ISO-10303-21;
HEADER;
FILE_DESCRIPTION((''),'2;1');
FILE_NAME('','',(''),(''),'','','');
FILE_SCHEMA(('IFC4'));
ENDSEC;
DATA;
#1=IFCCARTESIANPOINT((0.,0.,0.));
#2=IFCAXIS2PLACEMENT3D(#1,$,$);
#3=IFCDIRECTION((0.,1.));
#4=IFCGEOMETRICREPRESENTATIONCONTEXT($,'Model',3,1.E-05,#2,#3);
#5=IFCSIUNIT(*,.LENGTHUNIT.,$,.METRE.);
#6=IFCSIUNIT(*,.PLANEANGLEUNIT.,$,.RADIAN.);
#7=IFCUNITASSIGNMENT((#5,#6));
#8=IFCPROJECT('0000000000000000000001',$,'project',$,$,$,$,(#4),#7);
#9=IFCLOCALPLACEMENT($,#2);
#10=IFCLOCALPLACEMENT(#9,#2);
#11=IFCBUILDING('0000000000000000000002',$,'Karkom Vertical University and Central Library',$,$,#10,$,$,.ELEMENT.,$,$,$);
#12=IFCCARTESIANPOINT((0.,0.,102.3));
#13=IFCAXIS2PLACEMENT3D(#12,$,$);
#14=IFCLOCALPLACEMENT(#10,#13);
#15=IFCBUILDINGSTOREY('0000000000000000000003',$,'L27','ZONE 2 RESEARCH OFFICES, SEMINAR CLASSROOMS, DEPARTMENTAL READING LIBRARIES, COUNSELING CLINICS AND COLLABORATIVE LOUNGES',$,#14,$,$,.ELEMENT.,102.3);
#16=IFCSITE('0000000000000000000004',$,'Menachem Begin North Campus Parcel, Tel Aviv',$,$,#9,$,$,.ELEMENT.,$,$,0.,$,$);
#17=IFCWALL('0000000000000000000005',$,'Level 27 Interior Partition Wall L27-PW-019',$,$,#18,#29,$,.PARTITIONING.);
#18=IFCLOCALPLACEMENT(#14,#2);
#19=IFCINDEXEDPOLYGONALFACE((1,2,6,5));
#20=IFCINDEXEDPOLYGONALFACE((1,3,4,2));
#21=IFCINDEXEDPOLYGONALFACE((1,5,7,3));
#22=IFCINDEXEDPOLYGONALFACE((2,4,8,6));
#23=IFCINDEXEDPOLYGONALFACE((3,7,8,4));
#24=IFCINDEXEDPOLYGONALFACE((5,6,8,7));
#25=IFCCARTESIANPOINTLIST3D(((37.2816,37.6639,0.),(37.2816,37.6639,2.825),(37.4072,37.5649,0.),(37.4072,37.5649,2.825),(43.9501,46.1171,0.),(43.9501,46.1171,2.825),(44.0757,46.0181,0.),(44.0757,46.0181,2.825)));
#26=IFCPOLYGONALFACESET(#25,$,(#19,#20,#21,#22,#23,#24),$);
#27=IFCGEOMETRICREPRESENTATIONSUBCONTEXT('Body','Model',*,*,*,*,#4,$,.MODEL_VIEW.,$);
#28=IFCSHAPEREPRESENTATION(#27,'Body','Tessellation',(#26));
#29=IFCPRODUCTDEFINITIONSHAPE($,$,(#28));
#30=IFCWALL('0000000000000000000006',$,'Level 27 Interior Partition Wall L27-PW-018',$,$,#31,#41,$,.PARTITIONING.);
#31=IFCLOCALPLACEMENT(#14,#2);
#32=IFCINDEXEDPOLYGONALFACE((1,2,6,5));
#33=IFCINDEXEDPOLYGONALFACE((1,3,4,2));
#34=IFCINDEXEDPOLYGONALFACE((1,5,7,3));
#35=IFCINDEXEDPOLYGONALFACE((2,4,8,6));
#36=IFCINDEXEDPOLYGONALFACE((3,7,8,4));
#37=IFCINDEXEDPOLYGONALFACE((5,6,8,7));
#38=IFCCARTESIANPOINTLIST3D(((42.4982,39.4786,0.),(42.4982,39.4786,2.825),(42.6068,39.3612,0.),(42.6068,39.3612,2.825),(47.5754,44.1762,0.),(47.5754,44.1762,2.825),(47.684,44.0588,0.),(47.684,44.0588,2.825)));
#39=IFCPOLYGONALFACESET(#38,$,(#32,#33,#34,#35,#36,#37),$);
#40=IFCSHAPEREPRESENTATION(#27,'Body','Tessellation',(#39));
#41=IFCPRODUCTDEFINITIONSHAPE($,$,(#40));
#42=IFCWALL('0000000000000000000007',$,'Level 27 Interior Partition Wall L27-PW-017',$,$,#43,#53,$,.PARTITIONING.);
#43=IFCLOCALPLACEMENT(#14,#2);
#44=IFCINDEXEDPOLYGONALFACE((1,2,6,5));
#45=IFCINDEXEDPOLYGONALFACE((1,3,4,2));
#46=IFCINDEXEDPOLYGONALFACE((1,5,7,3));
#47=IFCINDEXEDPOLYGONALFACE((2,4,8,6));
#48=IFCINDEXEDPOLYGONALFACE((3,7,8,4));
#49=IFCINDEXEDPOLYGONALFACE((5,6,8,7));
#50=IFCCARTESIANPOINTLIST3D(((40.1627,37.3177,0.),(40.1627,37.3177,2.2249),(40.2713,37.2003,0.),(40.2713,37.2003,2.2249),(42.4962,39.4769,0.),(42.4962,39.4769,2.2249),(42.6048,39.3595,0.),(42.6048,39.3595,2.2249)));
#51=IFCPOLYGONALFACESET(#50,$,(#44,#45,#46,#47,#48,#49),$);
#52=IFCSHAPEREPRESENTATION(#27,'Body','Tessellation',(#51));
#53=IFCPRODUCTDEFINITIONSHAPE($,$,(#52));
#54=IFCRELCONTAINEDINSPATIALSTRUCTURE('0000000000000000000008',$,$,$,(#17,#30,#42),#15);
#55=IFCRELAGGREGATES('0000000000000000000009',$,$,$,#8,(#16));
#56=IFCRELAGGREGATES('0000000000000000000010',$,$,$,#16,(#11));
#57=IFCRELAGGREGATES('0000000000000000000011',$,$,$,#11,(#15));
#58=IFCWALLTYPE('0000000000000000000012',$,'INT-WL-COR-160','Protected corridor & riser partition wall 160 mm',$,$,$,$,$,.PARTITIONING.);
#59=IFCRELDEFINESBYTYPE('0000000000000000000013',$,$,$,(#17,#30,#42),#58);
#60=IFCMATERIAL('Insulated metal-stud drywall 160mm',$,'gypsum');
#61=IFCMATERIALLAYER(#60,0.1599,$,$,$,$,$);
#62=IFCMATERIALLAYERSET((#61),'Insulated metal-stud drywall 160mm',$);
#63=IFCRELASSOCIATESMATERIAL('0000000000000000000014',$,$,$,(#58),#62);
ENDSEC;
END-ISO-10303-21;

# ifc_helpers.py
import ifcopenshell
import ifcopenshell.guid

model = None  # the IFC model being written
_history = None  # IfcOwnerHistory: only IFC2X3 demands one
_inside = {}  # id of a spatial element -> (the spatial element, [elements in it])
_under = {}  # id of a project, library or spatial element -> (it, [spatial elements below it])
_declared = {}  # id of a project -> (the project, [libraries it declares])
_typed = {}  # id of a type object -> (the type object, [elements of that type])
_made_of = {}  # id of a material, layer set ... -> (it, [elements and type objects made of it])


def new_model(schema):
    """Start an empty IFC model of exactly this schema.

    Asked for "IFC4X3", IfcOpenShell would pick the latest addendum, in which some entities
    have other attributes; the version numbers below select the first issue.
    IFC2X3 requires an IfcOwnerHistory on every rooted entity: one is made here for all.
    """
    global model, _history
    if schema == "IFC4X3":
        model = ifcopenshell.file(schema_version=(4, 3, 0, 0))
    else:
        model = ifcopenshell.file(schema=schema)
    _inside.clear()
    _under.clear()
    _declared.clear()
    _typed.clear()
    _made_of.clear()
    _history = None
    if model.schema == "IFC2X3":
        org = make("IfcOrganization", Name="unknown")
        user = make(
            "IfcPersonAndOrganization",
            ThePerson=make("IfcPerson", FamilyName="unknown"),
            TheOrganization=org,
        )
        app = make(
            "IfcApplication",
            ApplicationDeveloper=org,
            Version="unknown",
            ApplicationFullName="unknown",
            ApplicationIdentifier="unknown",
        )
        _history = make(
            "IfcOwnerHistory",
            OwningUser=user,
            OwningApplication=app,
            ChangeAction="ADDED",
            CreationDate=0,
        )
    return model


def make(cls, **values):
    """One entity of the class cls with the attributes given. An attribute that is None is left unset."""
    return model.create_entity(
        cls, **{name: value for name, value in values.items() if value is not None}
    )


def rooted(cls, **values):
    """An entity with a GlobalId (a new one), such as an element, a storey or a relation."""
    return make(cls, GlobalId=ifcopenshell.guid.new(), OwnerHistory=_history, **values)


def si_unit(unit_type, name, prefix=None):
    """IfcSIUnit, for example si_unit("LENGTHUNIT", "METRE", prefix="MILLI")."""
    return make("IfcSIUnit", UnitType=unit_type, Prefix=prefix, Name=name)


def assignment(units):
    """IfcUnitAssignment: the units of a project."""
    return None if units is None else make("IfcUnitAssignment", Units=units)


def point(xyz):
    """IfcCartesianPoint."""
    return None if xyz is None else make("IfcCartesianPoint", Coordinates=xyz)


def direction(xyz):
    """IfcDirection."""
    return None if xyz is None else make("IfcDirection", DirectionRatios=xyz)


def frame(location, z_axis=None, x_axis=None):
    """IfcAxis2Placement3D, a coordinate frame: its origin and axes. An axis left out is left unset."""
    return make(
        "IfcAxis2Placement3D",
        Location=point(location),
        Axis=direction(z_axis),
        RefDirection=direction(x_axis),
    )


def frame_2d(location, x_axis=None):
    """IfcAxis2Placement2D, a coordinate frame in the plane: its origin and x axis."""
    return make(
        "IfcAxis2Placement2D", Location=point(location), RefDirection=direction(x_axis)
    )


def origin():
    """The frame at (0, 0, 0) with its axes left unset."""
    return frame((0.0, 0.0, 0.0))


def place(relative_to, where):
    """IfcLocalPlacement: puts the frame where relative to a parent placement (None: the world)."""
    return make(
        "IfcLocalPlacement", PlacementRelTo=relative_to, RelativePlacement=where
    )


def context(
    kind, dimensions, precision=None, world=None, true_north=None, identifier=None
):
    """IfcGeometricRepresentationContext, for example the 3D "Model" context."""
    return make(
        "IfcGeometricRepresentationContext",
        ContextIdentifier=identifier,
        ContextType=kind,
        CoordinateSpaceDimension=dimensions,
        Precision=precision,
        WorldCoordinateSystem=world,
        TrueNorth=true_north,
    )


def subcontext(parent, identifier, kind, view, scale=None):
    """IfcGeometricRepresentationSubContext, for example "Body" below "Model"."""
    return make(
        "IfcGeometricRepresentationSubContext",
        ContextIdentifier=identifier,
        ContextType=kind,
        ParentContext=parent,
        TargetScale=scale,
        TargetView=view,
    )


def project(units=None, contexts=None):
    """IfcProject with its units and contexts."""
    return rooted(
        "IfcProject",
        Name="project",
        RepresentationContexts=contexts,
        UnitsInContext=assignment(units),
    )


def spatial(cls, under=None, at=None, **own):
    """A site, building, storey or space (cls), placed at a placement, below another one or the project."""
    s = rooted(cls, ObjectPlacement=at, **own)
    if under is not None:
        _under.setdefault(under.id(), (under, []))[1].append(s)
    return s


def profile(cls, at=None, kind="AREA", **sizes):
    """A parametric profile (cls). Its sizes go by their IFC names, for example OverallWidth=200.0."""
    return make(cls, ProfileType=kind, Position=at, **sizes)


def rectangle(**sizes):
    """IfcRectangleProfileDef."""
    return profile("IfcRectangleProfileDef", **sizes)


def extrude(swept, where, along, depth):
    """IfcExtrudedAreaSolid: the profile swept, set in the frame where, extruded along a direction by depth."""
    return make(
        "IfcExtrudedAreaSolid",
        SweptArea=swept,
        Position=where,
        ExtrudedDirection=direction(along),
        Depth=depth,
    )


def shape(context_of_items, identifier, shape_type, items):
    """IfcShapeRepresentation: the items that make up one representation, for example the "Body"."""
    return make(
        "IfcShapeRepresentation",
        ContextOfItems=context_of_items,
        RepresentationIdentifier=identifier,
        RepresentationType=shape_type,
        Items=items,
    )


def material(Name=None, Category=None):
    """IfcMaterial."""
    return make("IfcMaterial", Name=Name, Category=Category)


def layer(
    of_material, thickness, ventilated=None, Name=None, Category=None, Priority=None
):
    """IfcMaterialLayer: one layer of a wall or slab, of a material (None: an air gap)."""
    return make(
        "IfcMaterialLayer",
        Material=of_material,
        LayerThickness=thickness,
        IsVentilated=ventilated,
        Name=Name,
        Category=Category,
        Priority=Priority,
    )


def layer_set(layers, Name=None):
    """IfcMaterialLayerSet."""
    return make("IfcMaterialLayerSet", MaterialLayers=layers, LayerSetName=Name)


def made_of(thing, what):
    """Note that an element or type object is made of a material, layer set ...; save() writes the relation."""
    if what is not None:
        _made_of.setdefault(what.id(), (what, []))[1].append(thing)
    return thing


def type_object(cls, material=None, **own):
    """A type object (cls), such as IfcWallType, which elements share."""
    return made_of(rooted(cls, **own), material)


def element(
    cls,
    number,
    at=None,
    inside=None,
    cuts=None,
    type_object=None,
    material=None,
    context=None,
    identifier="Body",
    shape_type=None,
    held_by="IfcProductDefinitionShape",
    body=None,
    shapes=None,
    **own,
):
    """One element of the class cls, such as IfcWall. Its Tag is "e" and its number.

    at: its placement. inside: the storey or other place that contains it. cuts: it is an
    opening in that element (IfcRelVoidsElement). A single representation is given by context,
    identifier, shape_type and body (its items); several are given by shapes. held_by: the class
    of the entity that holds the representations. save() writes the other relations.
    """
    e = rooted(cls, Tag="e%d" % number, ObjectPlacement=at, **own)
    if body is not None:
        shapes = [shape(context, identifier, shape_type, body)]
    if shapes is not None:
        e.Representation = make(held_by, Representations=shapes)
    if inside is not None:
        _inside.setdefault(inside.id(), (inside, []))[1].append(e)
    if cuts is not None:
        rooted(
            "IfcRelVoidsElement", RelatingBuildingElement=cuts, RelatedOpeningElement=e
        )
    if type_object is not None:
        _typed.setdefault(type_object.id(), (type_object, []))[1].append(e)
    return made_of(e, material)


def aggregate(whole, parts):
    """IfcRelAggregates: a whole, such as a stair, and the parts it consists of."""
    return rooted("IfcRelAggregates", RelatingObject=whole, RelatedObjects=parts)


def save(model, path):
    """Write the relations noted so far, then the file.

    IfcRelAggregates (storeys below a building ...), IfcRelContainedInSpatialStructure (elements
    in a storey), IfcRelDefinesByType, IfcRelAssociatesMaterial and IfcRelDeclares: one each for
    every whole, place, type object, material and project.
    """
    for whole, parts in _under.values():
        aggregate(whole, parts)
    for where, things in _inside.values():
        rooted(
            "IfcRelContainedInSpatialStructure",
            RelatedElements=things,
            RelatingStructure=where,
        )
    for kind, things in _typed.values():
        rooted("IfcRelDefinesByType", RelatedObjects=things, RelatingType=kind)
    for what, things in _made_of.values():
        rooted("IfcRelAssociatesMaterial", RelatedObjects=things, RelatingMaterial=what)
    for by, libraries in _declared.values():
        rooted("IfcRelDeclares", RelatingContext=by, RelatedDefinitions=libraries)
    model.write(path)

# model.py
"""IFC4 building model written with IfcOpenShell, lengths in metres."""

from ifc_helpers import new_model, si_unit, direction, frame, frame_2d, origin, place, context, subcontext, project, spatial, rectangle, extrude, material, layer, layer_set, type_object, element, save


model = new_model("IFC4")

# Units and contexts
model_context = context("Model", 3, precision=1e-05, world=origin(), true_north=direction((0.0, 1.0)))
body_context = subcontext(model_context, "Body", "Model", "MODEL_VIEW")
ifc_project = project(units=[si_unit("LENGTHUNIT", "METRE"), si_unit("PLANEANGLEUNIT", "RADIAN")], contexts=[model_context])

# Site, building, storey
site_placement = place(None, origin())
site = spatial("IfcSite", under=ifc_project, at=site_placement, Name="Menachem Begin North Campus Parcel, Tel Aviv", CompositionType="ELEMENT", RefElevation=0.0)
building_placement = place(site_placement, origin())
building = spatial("IfcBuilding", under=site, at=building_placement, Name="Karkom Vertical University and Central Library", CompositionType="ELEMENT")
storey_placement = place(building_placement, frame((0.0, 0.0, 102.3)))
storey = spatial("IfcBuildingStorey", under=building, at=storey_placement, Name="L27", Description="ZONE 2 RESEARCH OFFICES, SEMINAR CLASSROOMS, DEPARTMENTAL READING LIBRARIES, COUNSELING CLINICS AND COLLABORATIVE LOUNGES", CompositionType="ELEMENT", Elevation=102.3)

# Shared definitions
ifc_material_1 = material(Name="Insulated metal-stud drywall 160mm", Category="gypsum")
ifc_layer_1 = layer(ifc_material_1, 0.1599)
ifc_layer_set_1 = layer_set([ifc_layer_1], Name="Insulated metal-stud drywall 160mm")
wall_type_1 = type_object("IfcWallType", Name="INT-WL-COR-160", Description="Protected corridor & riser partition wall 160 mm", PredefinedType="PARTITIONING", material=ifc_layer_set_1)

# Walls
wall_1_placement = place(storey_placement, frame((37.3445, 37.6145, 0.0), z_axis=(0.0, 0.0, 1.0), x_axis=(0.619355, 0.785111, 0.0)))
element("IfcWall", 1, at=wall_1_placement, inside=storey, type_object=wall_type_1, Name="Level 27 Interior Partition Wall L27-PW-019", PredefinedType="PARTITIONING", context=body_context, shape_type="SweptSolid", body=[
    extrude(rectangle(XDim=10.7668, YDim=0.1599, at=frame_2d((5.3833, 0.0))), origin(), (0.0, 0.0, 1.0), 2.825),
])
wall_2_placement = place(storey_placement, frame((42.5525, 39.4199, 0.0), z_axis=(0.0, 0.0, 1.0), x_axis=(0.734017, 0.679131, 0.0)))
element("IfcWall", 2, at=wall_2_placement, inside=storey, type_object=wall_type_1, Name="Level 27 Interior Partition Wall L27-PW-018", PredefinedType="PARTITIONING", context=body_context, shape_type="SweptSolid", body=[
    extrude(rectangle(XDim=6.917, YDim=0.1599, at=frame_2d((3.4585, 0.0))), origin(), (0.0, 0.0, 1.0), 2.825),
])
wall_3_placement = place(storey_placement, frame((40.217, 37.259, 0.0), z_axis=(0.0, 0.0, 1.0), x_axis=(0.73399, 0.67916, 0.0)))
element("IfcWall", 3, at=wall_3_placement, inside=storey, type_object=wall_type_1, Name="Level 27 Interior Partition Wall L27-PW-017", PredefinedType="PARTITIONING", context=body_context, shape_type="SweptSolid", body=[
    extrude(rectangle(XDim=3.1792, YDim=0.1599, at=frame_2d((1.5896, 0.0))), origin(), (0.0, 0.0, 1.0), 2.2249),
])

save(model, "model.ifc")
